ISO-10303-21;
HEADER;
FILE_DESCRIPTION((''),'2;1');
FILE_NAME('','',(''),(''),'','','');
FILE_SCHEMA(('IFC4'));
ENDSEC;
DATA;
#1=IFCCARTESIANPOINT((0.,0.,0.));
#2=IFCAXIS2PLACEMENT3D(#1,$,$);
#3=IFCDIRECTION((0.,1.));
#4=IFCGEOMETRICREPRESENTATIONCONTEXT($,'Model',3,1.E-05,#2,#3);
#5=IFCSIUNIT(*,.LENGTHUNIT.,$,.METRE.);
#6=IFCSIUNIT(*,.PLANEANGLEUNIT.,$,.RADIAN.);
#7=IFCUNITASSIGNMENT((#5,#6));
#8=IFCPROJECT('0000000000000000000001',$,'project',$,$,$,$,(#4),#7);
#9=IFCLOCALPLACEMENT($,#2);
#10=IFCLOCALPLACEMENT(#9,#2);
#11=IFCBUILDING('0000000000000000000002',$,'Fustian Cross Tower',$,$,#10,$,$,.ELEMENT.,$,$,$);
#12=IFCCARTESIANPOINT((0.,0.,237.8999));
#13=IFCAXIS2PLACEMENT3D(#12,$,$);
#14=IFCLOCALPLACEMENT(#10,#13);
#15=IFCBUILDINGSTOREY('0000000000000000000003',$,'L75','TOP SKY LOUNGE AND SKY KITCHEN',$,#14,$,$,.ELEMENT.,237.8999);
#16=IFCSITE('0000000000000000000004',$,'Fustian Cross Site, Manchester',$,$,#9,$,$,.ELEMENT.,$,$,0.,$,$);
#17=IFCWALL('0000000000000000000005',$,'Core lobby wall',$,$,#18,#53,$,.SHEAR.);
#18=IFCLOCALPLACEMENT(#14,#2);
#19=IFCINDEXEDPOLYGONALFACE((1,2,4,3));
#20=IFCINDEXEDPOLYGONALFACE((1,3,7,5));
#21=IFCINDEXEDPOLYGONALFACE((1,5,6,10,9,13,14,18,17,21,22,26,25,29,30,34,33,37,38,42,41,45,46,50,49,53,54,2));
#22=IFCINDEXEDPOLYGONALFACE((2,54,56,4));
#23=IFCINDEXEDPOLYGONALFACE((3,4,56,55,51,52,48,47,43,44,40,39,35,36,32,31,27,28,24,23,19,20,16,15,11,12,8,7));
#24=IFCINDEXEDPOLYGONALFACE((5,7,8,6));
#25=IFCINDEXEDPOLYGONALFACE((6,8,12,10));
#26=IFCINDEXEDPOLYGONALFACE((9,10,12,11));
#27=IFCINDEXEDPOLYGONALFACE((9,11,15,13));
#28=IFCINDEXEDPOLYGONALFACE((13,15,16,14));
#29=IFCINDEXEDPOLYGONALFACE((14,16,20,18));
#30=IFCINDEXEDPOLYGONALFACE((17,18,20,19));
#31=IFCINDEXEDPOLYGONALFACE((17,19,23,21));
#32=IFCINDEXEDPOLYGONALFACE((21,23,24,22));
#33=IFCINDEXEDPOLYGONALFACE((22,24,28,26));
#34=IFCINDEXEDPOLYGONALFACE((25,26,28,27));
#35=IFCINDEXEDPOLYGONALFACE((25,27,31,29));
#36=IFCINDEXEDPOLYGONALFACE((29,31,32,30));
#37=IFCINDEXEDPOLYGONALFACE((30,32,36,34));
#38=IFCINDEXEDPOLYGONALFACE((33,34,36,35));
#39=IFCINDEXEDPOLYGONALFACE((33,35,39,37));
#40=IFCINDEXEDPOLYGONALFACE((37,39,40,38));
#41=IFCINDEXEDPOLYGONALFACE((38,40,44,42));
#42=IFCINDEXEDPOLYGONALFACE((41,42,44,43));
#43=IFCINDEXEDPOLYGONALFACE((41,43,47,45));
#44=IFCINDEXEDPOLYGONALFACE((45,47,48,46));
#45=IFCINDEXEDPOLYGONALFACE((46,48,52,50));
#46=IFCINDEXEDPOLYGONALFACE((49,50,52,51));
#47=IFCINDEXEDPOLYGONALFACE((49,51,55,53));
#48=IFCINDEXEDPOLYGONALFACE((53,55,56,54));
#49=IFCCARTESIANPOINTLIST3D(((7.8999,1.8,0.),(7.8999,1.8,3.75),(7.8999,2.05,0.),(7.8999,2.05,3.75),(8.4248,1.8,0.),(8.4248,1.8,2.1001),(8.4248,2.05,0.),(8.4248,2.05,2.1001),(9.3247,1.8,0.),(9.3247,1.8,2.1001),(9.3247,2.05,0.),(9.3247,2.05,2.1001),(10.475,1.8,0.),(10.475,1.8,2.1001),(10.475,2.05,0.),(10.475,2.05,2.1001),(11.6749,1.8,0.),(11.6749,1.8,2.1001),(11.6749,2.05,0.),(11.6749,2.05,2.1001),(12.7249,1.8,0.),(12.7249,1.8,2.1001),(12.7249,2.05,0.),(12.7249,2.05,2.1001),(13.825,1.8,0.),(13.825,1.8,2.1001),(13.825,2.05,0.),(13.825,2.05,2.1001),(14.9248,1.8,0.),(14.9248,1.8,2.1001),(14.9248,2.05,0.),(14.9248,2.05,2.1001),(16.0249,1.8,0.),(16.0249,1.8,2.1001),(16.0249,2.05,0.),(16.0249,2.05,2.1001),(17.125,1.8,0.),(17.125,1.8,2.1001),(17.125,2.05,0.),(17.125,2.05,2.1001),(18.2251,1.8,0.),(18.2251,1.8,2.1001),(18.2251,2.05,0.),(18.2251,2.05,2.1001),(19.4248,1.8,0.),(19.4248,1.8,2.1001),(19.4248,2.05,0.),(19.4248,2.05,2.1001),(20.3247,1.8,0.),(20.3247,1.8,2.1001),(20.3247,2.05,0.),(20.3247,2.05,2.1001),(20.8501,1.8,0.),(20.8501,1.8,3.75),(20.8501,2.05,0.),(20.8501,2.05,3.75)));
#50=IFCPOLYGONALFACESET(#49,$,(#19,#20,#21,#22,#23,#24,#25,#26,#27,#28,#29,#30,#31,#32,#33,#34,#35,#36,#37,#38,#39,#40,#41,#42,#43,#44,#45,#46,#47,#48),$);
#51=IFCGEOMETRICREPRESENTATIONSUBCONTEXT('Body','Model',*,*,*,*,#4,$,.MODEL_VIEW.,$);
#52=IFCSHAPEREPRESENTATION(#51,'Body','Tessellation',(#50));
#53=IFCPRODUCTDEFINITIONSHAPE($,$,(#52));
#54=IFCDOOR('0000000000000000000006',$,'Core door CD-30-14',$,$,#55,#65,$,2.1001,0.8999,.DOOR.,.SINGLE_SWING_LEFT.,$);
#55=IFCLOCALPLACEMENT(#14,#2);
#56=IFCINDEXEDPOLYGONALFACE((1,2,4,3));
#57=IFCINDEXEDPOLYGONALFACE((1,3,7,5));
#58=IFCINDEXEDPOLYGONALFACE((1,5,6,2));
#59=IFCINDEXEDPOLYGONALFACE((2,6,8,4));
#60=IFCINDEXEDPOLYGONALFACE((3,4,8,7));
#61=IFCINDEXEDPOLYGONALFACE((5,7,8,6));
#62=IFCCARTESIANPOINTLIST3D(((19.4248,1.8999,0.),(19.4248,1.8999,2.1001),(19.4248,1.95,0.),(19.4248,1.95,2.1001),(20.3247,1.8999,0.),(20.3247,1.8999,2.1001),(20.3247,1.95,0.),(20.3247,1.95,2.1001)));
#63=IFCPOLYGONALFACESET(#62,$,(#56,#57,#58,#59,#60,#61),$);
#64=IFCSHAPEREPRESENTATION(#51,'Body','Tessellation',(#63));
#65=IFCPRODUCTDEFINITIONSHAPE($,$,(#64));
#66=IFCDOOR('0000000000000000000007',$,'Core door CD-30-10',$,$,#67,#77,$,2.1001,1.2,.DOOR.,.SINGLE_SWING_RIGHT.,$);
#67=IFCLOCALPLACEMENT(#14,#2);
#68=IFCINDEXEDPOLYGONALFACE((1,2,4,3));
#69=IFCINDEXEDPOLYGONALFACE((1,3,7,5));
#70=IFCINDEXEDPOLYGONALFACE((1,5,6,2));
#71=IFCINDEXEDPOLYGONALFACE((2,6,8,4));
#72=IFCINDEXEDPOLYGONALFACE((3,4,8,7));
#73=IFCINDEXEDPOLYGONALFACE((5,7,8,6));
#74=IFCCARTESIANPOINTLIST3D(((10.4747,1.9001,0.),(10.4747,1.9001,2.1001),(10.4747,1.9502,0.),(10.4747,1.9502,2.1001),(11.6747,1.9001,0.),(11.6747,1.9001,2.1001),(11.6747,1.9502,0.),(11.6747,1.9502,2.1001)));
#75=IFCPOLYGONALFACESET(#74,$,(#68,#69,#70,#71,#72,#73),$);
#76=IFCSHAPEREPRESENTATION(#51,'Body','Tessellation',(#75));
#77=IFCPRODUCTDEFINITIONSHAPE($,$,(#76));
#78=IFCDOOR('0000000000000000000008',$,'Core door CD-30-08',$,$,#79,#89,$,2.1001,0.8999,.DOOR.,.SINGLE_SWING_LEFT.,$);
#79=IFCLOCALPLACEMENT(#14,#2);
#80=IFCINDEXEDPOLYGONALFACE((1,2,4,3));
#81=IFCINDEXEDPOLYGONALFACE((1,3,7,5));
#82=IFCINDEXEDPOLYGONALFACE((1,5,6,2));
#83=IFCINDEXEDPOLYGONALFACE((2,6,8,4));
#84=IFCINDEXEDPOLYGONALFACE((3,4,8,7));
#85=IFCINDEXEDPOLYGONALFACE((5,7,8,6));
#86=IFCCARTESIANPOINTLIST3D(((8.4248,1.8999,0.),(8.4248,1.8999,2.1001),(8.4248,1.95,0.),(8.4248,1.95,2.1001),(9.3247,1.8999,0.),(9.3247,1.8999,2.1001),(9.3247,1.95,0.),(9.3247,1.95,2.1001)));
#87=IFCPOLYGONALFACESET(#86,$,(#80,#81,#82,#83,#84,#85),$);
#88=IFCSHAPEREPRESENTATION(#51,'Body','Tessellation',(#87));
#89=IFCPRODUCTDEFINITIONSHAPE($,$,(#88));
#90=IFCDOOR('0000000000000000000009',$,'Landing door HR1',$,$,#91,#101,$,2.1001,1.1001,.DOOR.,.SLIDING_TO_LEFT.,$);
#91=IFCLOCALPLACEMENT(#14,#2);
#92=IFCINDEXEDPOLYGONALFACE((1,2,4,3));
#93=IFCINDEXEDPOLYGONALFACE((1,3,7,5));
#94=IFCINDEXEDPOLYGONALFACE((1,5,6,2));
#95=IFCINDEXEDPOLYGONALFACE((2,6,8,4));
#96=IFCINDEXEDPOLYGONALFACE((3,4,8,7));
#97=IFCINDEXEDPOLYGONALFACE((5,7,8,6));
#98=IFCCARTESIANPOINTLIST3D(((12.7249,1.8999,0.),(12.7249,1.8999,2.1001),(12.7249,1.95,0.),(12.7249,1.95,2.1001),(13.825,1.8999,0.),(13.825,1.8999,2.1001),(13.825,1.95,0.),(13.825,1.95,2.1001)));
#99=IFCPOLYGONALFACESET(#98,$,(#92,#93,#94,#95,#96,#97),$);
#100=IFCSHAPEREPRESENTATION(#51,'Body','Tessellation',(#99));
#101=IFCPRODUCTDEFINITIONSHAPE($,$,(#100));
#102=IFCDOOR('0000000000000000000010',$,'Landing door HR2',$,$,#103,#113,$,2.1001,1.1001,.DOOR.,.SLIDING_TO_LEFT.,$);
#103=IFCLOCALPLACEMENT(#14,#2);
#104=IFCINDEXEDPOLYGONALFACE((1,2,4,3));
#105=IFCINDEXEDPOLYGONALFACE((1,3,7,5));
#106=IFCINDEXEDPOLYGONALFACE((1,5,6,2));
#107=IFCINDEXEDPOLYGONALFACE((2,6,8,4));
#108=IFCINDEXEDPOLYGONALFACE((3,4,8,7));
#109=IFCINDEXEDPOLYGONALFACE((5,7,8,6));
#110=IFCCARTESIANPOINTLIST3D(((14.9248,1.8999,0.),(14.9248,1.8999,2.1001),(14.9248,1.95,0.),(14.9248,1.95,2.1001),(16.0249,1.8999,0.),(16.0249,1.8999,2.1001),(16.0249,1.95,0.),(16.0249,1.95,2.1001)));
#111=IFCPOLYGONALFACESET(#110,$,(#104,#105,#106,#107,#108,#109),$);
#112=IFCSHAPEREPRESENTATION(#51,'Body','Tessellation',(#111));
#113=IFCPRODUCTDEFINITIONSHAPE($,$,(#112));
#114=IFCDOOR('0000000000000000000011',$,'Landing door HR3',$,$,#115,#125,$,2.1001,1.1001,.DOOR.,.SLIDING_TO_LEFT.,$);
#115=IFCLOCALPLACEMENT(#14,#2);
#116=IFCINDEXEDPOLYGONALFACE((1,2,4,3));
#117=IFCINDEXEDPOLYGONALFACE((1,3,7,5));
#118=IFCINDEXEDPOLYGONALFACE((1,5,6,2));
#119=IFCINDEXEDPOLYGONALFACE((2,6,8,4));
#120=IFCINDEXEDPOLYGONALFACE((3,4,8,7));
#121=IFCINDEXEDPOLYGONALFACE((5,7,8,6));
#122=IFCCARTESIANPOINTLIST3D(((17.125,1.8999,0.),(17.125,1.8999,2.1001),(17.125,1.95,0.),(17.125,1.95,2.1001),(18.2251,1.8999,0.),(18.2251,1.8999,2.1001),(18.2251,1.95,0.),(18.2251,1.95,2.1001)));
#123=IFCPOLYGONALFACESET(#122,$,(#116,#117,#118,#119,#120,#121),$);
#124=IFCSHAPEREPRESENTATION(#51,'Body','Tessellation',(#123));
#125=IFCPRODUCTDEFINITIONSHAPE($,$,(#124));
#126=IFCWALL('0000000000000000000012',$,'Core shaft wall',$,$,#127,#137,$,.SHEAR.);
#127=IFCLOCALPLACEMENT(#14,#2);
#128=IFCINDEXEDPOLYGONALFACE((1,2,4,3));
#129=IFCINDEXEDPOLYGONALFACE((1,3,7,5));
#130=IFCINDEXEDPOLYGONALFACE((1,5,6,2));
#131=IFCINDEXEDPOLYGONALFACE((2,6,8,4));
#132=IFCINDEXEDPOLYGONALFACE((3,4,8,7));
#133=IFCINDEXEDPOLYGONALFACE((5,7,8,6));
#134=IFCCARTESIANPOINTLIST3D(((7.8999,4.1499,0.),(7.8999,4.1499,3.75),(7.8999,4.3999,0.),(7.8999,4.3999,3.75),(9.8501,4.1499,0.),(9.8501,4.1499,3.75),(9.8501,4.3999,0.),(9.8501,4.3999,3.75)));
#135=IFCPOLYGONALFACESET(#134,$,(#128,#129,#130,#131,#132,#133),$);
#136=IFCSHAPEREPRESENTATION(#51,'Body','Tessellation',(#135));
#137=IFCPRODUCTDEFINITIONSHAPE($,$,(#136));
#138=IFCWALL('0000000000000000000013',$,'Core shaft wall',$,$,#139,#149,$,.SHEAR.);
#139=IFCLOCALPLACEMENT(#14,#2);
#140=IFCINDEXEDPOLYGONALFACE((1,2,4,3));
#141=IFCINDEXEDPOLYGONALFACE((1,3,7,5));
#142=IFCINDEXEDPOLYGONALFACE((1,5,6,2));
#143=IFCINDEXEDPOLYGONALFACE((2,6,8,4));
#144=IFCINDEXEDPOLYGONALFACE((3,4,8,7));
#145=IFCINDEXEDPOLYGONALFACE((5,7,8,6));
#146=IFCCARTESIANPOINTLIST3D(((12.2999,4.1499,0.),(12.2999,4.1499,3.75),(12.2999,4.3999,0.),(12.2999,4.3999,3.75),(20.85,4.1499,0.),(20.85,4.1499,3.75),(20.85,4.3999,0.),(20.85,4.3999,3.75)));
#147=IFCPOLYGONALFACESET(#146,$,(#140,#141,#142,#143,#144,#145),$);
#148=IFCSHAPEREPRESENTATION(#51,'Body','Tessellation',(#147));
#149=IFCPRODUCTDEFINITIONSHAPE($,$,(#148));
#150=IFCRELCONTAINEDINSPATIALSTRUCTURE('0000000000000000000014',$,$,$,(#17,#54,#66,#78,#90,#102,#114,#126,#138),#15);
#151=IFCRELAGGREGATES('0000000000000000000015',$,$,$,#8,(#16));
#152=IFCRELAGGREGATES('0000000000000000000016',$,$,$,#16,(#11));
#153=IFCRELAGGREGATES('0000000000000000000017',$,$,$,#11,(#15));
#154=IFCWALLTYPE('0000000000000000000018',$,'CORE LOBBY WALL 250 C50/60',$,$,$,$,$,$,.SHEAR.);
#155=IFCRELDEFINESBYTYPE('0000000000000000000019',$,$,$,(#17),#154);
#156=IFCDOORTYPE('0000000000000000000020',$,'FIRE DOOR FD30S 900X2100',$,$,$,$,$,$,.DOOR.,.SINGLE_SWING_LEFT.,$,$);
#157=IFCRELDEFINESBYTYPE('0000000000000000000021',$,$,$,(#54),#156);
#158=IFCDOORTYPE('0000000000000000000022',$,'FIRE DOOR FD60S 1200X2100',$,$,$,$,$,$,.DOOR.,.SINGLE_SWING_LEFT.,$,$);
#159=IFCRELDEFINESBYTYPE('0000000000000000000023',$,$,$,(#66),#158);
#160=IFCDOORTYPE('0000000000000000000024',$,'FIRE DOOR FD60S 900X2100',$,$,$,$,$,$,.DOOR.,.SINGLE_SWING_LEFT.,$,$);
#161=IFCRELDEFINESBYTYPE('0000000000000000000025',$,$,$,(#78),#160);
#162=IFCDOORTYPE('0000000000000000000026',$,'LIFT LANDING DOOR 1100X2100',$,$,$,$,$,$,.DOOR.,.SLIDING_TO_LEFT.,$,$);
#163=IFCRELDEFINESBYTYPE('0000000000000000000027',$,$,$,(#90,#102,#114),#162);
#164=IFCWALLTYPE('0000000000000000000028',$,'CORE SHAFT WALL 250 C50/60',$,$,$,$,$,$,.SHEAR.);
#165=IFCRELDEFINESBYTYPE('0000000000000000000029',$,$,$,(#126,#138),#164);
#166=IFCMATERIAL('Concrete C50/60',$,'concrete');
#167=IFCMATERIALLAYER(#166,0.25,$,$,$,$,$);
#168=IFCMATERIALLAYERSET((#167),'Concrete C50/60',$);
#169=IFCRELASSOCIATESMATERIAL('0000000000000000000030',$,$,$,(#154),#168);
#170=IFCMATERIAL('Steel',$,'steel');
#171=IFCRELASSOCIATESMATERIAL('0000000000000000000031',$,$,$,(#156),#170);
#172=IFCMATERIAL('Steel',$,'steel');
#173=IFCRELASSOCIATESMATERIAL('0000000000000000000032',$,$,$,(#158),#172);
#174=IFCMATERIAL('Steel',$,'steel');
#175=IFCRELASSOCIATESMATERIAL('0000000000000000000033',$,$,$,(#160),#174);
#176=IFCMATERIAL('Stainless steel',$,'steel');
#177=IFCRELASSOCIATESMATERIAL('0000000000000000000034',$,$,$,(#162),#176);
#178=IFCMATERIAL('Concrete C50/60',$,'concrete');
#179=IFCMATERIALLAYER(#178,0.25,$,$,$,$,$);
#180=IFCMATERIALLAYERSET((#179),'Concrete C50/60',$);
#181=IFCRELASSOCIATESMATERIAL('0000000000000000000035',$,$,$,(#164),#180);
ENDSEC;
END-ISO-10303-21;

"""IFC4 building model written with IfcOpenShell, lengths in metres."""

from ifc_helpers import new_model, si_unit, direction, frame, frame_2d, origin, place, context, subcontext, project, spatial, rectangle, extrude, material, layer, layer_set, type_object, element, fill, save


model = new_model("IFC4")

# Units and contexts
model_context = context("Model", 3, precision=1e-05, world=origin(), true_north=direction((0.0, 1.0)))
body_context = subcontext(model_context, "Body", "Model", "MODEL_VIEW")
ifc_project = project(units=[si_unit("LENGTHUNIT", "METRE"), si_unit("PLANEANGLEUNIT", "RADIAN")], contexts=[model_context])

# Site, building, storey
site_placement = place(None, origin())
site = spatial("IfcSite", under=ifc_project, at=site_placement, Name="Fustian Cross Site, Manchester", CompositionType="ELEMENT", RefElevation=0.0)
building_placement = place(site_placement, origin())
building = spatial("IfcBuilding", under=site, at=building_placement, Name="Fustian Cross Tower", CompositionType="ELEMENT")
storey_placement = place(building_placement, frame((0.0, 0.0, 237.8999)))
storey = spatial("IfcBuildingStorey", under=building, at=storey_placement, Name="L75", Description="TOP SKY LOUNGE AND SKY KITCHEN", CompositionType="ELEMENT", Elevation=237.8999)

# Wall, openings, doors
ifc_material_1 = material(Name="Concrete C50/60", Category="concrete")
ifc_layer_1 = layer(ifc_material_1, 0.25)
ifc_layer_set_1 = layer_set([ifc_layer_1], Name="Concrete C50/60")
wall_type_1 = type_object("IfcWallType", Name="CORE LOBBY WALL 250 C50/60", PredefinedType="SHEAR", material=ifc_layer_set_1)
wall_1_placement = place(storey_placement, frame((7.8999, 1.925, 0.0), z_axis=(0.0, 0.0, 1.0), x_axis=(1.0, 0.0, 0.0)))
wall_1 = element("IfcWall", 1, at=wall_1_placement, inside=storey, type_object=wall_type_1, Name="Core lobby wall", PredefinedType="SHEAR", context=body_context, shape_type="SweptSolid", body=[
    extrude(rectangle(XDim=12.9502, YDim=0.25, at=frame_2d((6.4751, 0.0))), origin(), (0.0, 0.0, 1.0), 3.75),
])
opening_1_placement = place(wall_1_placement, frame((4.825, 0.0, 0.0)))
opening_1 = element("IfcOpeningElement", 2, at=opening_1_placement, cuts=wall_1, PredefinedType="OPENING", context=body_context, shape_type="SweptSolid", body=[
    extrude(rectangle(XDim=1.1001, YDim=2.1001, at=frame_2d((0.55, 1.05))), frame((0.0, 0.135, 0.0), z_axis=(0.0, -1.0, 0.0), x_axis=(1.0, 0.0, 0.0)), (0.0, 0.0, 1.0), 0.27),
])
opening_2_placement = place(wall_1_placement, frame((7.0249, 0.0, 0.0)))
opening_2 = element("IfcOpeningElement", 3, at=opening_2_placement, cuts=wall_1, PredefinedType="OPENING", context=body_context, shape_type="SweptSolid", body=[
    extrude(rectangle(XDim=1.1001, YDim=2.1001, at=frame_2d((0.55, 1.05))), frame((0.0, 0.135, 0.0), z_axis=(0.0, -1.0, 0.0), x_axis=(1.0, 0.0, 0.0)), (0.0, 0.0, 1.0), 0.27),
])
opening_3_placement = place(wall_1_placement, frame((9.2251, 0.0, 0.0)))
opening_3 = element("IfcOpeningElement", 4, at=opening_3_placement, cuts=wall_1, PredefinedType="OPENING", context=body_context, shape_type="SweptSolid", body=[
    extrude(rectangle(XDim=1.1001, YDim=2.1001, at=frame_2d((0.55, 1.05))), frame((0.0, 0.135, 0.0), z_axis=(0.0, -1.0, 0.0), x_axis=(1.0, 0.0, 0.0)), (0.0, 0.0, 1.0), 0.27),
])
opening_4_placement = place(wall_1_placement, frame((0.5249, 0.0, 0.0)))
opening_4 = element("IfcOpeningElement", 5, at=opening_4_placement, cuts=wall_1, PredefinedType="OPENING", context=body_context, shape_type="SweptSolid", body=[
    extrude(rectangle(XDim=0.8999, YDim=2.1001, at=frame_2d((0.45, 1.05))), frame((0.0, 0.135, 0.0), z_axis=(0.0, -1.0, 0.0), x_axis=(1.0, 0.0, 0.0)), (0.0, 0.0, 1.0), 0.27),
])
opening_5_placement = place(wall_1_placement, frame((2.575, 0.0, 0.0)))
opening_5 = element("IfcOpeningElement", 6, at=opening_5_placement, cuts=wall_1, PredefinedType="OPENING", context=body_context, shape_type="SweptSolid", body=[
    extrude(rectangle(XDim=1.2, YDim=2.1001, at=frame_2d((0.6001, 1.05))), frame((0.0, 0.135, 0.0), z_axis=(0.0, -1.0, 0.0), x_axis=(1.0, 0.0, 0.0)), (0.0, 0.0, 1.0), 0.27),
])
opening_6_placement = place(wall_1_placement, frame((11.5249, 0.0, 0.0)))
opening_6 = element("IfcOpeningElement", 7, at=opening_6_placement, cuts=wall_1, PredefinedType="OPENING", context=body_context, shape_type="SweptSolid", body=[
    extrude(rectangle(XDim=0.8999, YDim=2.1001, at=frame_2d((0.45, 1.05))), frame((0.0, 0.135, 0.0), z_axis=(0.0, -1.0, 0.0), x_axis=(1.0, 0.0, 0.0)), (0.0, 0.0, 1.0), 0.27),
])
ifc_material_2 = material(Name="Steel", Category="steel")
door_type_1 = type_object("IfcDoorType", Name="FIRE DOOR FD30S 900X2100", OperationType="SINGLE_SWING_LEFT", PredefinedType="DOOR", material=ifc_material_2)
door_1_placement = place(opening_6_placement, origin())
door_1 = element("IfcDoor", 8, at=door_1_placement, inside=storey, type_object=door_type_1, Name="Core door CD-30-14", OperationType="SINGLE_SWING_LEFT", OverallHeight=2.1001, OverallWidth=0.8999, PredefinedType="DOOR", context=body_context, shape_type="SweptSolid", body=[
    extrude(rectangle(XDim=0.8999, YDim=2.1001, at=frame_2d((0.45, 1.05))), frame((0.0, 0.0249, 0.0), z_axis=(0.0, -1.0, 0.0), x_axis=(1.0, 0.0, 0.0)), (0.0, 0.0, 1.0), 0.05),
])
fill(opening_6, door_1)
ifc_material_3 = material(Name="Steel", Category="steel")
door_type_2 = type_object("IfcDoorType", Name="FIRE DOOR FD60S 1200X2100", OperationType="SINGLE_SWING_LEFT", PredefinedType="DOOR", material=ifc_material_3)
door_2_placement = place(opening_5_placement, frame((1.2, 0.0, 0.0), z_axis=(0.0, 0.0, 1.0), x_axis=(-1.0, 0.0, 0.0)))
door_2 = element("IfcDoor", 9, at=door_2_placement, inside=storey, type_object=door_type_2, Name="Core door CD-30-10", OperationType="SINGLE_SWING_RIGHT", OverallHeight=2.1001, OverallWidth=1.2, PredefinedType="DOOR", context=body_context, shape_type="SweptSolid", body=[
    extrude(rectangle(XDim=1.2, YDim=2.1001, at=frame_2d((0.6001, 1.05))), frame((0.0, 0.0249, 0.0), z_axis=(0.0, -1.0, 0.0), x_axis=(1.0, 0.0, 0.0)), (0.0, 0.0, 1.0), 0.05),
])
fill(opening_5, door_2)
ifc_material_4 = material(Name="Steel", Category="steel")
door_type_3 = type_object("IfcDoorType", Name="FIRE DOOR FD60S 900X2100", OperationType="SINGLE_SWING_LEFT", PredefinedType="DOOR", material=ifc_material_4)
door_3_placement = place(opening_4_placement, origin())
door_3 = element("IfcDoor", 10, at=door_3_placement, inside=storey, type_object=door_type_3, Name="Core door CD-30-08", OperationType="SINGLE_SWING_LEFT", OverallHeight=2.1001, OverallWidth=0.8999, PredefinedType="DOOR", context=body_context, shape_type="SweptSolid", body=[
    extrude(rectangle(XDim=0.8999, YDim=2.1001, at=frame_2d((0.45, 1.05))), frame((0.0, 0.0249, 0.0), z_axis=(0.0, -1.0, 0.0), x_axis=(1.0, 0.0, 0.0)), (0.0, 0.0, 1.0), 0.05),
])
fill(opening_4, door_3)
ifc_material_5 = material(Name="Stainless steel", Category="steel")
door_type_4 = type_object("IfcDoorType", Name="LIFT LANDING DOOR 1100X2100", OperationType="SLIDING_TO_LEFT", PredefinedType="DOOR", material=ifc_material_5)
door_4_placement = place(opening_1_placement, origin())
door_4 = element("IfcDoor", 11, at=door_4_placement, inside=storey, type_object=door_type_4, Name="Landing door HR1", OperationType="SLIDING_TO_LEFT", OverallHeight=2.1001, OverallWidth=1.1001, PredefinedType="DOOR", context=body_context, shape_type="SweptSolid", body=[
    extrude(rectangle(XDim=1.1001, YDim=2.1001, at=frame_2d((0.55, 1.05))), frame((0.0, 0.0249, 0.0), z_axis=(0.0, -1.0, 0.0), x_axis=(1.0, 0.0, 0.0)), (0.0, 0.0, 1.0), 0.05),
])
fill(opening_1, door_4)
door_5_placement = place(opening_2_placement, origin())
door_5 = element("IfcDoor", 12, at=door_5_placement, inside=storey, type_object=door_type_4, Name="Landing door HR2", OperationType="SLIDING_TO_LEFT", OverallHeight=2.1001, OverallWidth=1.1001, PredefinedType="DOOR", context=body_context, shape_type="SweptSolid", body=[
    extrude(rectangle(XDim=1.1001, YDim=2.1001, at=frame_2d((0.55, 1.05))), frame((0.0, 0.0249, 0.0), z_axis=(0.0, -1.0, 0.0), x_axis=(1.0, 0.0, 0.0)), (0.0, 0.0, 1.0), 0.05),
])
fill(opening_2, door_5)
door_6_placement = place(opening_3_placement, origin())
door_6 = element("IfcDoor", 13, at=door_6_placement, inside=storey, type_object=door_type_4, Name="Landing door HR3", OperationType="SLIDING_TO_LEFT", OverallHeight=2.1001, OverallWidth=1.1001, PredefinedType="DOOR", context=body_context, shape_type="SweptSolid", body=[
    extrude(rectangle(XDim=1.1001, YDim=2.1001, at=frame_2d((0.55, 1.05))), frame((0.0, 0.0249, 0.0), z_axis=(0.0, -1.0, 0.0), x_axis=(1.0, 0.0, 0.0)), (0.0, 0.0, 1.0), 0.05),
])
fill(opening_3, door_6)

# Walls
ifc_material_6 = material(Name="Concrete C50/60", Category="concrete")
ifc_layer_2 = layer(ifc_material_6, 0.25)
ifc_layer_set_2 = layer_set([ifc_layer_2], Name="Concrete C50/60")
wall_type_2 = type_object("IfcWallType", Name="CORE SHAFT WALL 250 C50/60", PredefinedType="SHEAR", material=ifc_layer_set_2)
wall_2_placement = place(storey_placement, frame((7.8999, 4.2749, 0.0), z_axis=(0.0, 0.0, 1.0), x_axis=(1.0, 0.0, 0.0)))
element("IfcWall", 14, at=wall_2_placement, inside=storey, type_object=wall_type_2, Name="Core shaft wall", PredefinedType="SHEAR", context=body_context, shape_type="SweptSolid", body=[
    extrude(rectangle(XDim=1.9502, YDim=0.25, at=frame_2d((0.9751, 0.0))), origin(), (0.0, 0.0, 1.0), 3.75),
])
wall_3_placement = place(storey_placement, frame((12.3, 4.2749, 0.0), z_axis=(0.0, 0.0, 1.0), x_axis=(1.0, 0.0, 0.0)))
element("IfcWall", 15, at=wall_3_placement, inside=storey, type_object=wall_type_2, Name="Core shaft wall", PredefinedType="SHEAR", context=body_context, shape_type="SweptSolid", body=[
    extrude(rectangle(XDim=8.55, YDim=0.25, at=frame_2d((4.2749, 0.0))), origin(), (0.0, 0.0, 1.0), 3.75),
])

save(model, "model.ifc")
